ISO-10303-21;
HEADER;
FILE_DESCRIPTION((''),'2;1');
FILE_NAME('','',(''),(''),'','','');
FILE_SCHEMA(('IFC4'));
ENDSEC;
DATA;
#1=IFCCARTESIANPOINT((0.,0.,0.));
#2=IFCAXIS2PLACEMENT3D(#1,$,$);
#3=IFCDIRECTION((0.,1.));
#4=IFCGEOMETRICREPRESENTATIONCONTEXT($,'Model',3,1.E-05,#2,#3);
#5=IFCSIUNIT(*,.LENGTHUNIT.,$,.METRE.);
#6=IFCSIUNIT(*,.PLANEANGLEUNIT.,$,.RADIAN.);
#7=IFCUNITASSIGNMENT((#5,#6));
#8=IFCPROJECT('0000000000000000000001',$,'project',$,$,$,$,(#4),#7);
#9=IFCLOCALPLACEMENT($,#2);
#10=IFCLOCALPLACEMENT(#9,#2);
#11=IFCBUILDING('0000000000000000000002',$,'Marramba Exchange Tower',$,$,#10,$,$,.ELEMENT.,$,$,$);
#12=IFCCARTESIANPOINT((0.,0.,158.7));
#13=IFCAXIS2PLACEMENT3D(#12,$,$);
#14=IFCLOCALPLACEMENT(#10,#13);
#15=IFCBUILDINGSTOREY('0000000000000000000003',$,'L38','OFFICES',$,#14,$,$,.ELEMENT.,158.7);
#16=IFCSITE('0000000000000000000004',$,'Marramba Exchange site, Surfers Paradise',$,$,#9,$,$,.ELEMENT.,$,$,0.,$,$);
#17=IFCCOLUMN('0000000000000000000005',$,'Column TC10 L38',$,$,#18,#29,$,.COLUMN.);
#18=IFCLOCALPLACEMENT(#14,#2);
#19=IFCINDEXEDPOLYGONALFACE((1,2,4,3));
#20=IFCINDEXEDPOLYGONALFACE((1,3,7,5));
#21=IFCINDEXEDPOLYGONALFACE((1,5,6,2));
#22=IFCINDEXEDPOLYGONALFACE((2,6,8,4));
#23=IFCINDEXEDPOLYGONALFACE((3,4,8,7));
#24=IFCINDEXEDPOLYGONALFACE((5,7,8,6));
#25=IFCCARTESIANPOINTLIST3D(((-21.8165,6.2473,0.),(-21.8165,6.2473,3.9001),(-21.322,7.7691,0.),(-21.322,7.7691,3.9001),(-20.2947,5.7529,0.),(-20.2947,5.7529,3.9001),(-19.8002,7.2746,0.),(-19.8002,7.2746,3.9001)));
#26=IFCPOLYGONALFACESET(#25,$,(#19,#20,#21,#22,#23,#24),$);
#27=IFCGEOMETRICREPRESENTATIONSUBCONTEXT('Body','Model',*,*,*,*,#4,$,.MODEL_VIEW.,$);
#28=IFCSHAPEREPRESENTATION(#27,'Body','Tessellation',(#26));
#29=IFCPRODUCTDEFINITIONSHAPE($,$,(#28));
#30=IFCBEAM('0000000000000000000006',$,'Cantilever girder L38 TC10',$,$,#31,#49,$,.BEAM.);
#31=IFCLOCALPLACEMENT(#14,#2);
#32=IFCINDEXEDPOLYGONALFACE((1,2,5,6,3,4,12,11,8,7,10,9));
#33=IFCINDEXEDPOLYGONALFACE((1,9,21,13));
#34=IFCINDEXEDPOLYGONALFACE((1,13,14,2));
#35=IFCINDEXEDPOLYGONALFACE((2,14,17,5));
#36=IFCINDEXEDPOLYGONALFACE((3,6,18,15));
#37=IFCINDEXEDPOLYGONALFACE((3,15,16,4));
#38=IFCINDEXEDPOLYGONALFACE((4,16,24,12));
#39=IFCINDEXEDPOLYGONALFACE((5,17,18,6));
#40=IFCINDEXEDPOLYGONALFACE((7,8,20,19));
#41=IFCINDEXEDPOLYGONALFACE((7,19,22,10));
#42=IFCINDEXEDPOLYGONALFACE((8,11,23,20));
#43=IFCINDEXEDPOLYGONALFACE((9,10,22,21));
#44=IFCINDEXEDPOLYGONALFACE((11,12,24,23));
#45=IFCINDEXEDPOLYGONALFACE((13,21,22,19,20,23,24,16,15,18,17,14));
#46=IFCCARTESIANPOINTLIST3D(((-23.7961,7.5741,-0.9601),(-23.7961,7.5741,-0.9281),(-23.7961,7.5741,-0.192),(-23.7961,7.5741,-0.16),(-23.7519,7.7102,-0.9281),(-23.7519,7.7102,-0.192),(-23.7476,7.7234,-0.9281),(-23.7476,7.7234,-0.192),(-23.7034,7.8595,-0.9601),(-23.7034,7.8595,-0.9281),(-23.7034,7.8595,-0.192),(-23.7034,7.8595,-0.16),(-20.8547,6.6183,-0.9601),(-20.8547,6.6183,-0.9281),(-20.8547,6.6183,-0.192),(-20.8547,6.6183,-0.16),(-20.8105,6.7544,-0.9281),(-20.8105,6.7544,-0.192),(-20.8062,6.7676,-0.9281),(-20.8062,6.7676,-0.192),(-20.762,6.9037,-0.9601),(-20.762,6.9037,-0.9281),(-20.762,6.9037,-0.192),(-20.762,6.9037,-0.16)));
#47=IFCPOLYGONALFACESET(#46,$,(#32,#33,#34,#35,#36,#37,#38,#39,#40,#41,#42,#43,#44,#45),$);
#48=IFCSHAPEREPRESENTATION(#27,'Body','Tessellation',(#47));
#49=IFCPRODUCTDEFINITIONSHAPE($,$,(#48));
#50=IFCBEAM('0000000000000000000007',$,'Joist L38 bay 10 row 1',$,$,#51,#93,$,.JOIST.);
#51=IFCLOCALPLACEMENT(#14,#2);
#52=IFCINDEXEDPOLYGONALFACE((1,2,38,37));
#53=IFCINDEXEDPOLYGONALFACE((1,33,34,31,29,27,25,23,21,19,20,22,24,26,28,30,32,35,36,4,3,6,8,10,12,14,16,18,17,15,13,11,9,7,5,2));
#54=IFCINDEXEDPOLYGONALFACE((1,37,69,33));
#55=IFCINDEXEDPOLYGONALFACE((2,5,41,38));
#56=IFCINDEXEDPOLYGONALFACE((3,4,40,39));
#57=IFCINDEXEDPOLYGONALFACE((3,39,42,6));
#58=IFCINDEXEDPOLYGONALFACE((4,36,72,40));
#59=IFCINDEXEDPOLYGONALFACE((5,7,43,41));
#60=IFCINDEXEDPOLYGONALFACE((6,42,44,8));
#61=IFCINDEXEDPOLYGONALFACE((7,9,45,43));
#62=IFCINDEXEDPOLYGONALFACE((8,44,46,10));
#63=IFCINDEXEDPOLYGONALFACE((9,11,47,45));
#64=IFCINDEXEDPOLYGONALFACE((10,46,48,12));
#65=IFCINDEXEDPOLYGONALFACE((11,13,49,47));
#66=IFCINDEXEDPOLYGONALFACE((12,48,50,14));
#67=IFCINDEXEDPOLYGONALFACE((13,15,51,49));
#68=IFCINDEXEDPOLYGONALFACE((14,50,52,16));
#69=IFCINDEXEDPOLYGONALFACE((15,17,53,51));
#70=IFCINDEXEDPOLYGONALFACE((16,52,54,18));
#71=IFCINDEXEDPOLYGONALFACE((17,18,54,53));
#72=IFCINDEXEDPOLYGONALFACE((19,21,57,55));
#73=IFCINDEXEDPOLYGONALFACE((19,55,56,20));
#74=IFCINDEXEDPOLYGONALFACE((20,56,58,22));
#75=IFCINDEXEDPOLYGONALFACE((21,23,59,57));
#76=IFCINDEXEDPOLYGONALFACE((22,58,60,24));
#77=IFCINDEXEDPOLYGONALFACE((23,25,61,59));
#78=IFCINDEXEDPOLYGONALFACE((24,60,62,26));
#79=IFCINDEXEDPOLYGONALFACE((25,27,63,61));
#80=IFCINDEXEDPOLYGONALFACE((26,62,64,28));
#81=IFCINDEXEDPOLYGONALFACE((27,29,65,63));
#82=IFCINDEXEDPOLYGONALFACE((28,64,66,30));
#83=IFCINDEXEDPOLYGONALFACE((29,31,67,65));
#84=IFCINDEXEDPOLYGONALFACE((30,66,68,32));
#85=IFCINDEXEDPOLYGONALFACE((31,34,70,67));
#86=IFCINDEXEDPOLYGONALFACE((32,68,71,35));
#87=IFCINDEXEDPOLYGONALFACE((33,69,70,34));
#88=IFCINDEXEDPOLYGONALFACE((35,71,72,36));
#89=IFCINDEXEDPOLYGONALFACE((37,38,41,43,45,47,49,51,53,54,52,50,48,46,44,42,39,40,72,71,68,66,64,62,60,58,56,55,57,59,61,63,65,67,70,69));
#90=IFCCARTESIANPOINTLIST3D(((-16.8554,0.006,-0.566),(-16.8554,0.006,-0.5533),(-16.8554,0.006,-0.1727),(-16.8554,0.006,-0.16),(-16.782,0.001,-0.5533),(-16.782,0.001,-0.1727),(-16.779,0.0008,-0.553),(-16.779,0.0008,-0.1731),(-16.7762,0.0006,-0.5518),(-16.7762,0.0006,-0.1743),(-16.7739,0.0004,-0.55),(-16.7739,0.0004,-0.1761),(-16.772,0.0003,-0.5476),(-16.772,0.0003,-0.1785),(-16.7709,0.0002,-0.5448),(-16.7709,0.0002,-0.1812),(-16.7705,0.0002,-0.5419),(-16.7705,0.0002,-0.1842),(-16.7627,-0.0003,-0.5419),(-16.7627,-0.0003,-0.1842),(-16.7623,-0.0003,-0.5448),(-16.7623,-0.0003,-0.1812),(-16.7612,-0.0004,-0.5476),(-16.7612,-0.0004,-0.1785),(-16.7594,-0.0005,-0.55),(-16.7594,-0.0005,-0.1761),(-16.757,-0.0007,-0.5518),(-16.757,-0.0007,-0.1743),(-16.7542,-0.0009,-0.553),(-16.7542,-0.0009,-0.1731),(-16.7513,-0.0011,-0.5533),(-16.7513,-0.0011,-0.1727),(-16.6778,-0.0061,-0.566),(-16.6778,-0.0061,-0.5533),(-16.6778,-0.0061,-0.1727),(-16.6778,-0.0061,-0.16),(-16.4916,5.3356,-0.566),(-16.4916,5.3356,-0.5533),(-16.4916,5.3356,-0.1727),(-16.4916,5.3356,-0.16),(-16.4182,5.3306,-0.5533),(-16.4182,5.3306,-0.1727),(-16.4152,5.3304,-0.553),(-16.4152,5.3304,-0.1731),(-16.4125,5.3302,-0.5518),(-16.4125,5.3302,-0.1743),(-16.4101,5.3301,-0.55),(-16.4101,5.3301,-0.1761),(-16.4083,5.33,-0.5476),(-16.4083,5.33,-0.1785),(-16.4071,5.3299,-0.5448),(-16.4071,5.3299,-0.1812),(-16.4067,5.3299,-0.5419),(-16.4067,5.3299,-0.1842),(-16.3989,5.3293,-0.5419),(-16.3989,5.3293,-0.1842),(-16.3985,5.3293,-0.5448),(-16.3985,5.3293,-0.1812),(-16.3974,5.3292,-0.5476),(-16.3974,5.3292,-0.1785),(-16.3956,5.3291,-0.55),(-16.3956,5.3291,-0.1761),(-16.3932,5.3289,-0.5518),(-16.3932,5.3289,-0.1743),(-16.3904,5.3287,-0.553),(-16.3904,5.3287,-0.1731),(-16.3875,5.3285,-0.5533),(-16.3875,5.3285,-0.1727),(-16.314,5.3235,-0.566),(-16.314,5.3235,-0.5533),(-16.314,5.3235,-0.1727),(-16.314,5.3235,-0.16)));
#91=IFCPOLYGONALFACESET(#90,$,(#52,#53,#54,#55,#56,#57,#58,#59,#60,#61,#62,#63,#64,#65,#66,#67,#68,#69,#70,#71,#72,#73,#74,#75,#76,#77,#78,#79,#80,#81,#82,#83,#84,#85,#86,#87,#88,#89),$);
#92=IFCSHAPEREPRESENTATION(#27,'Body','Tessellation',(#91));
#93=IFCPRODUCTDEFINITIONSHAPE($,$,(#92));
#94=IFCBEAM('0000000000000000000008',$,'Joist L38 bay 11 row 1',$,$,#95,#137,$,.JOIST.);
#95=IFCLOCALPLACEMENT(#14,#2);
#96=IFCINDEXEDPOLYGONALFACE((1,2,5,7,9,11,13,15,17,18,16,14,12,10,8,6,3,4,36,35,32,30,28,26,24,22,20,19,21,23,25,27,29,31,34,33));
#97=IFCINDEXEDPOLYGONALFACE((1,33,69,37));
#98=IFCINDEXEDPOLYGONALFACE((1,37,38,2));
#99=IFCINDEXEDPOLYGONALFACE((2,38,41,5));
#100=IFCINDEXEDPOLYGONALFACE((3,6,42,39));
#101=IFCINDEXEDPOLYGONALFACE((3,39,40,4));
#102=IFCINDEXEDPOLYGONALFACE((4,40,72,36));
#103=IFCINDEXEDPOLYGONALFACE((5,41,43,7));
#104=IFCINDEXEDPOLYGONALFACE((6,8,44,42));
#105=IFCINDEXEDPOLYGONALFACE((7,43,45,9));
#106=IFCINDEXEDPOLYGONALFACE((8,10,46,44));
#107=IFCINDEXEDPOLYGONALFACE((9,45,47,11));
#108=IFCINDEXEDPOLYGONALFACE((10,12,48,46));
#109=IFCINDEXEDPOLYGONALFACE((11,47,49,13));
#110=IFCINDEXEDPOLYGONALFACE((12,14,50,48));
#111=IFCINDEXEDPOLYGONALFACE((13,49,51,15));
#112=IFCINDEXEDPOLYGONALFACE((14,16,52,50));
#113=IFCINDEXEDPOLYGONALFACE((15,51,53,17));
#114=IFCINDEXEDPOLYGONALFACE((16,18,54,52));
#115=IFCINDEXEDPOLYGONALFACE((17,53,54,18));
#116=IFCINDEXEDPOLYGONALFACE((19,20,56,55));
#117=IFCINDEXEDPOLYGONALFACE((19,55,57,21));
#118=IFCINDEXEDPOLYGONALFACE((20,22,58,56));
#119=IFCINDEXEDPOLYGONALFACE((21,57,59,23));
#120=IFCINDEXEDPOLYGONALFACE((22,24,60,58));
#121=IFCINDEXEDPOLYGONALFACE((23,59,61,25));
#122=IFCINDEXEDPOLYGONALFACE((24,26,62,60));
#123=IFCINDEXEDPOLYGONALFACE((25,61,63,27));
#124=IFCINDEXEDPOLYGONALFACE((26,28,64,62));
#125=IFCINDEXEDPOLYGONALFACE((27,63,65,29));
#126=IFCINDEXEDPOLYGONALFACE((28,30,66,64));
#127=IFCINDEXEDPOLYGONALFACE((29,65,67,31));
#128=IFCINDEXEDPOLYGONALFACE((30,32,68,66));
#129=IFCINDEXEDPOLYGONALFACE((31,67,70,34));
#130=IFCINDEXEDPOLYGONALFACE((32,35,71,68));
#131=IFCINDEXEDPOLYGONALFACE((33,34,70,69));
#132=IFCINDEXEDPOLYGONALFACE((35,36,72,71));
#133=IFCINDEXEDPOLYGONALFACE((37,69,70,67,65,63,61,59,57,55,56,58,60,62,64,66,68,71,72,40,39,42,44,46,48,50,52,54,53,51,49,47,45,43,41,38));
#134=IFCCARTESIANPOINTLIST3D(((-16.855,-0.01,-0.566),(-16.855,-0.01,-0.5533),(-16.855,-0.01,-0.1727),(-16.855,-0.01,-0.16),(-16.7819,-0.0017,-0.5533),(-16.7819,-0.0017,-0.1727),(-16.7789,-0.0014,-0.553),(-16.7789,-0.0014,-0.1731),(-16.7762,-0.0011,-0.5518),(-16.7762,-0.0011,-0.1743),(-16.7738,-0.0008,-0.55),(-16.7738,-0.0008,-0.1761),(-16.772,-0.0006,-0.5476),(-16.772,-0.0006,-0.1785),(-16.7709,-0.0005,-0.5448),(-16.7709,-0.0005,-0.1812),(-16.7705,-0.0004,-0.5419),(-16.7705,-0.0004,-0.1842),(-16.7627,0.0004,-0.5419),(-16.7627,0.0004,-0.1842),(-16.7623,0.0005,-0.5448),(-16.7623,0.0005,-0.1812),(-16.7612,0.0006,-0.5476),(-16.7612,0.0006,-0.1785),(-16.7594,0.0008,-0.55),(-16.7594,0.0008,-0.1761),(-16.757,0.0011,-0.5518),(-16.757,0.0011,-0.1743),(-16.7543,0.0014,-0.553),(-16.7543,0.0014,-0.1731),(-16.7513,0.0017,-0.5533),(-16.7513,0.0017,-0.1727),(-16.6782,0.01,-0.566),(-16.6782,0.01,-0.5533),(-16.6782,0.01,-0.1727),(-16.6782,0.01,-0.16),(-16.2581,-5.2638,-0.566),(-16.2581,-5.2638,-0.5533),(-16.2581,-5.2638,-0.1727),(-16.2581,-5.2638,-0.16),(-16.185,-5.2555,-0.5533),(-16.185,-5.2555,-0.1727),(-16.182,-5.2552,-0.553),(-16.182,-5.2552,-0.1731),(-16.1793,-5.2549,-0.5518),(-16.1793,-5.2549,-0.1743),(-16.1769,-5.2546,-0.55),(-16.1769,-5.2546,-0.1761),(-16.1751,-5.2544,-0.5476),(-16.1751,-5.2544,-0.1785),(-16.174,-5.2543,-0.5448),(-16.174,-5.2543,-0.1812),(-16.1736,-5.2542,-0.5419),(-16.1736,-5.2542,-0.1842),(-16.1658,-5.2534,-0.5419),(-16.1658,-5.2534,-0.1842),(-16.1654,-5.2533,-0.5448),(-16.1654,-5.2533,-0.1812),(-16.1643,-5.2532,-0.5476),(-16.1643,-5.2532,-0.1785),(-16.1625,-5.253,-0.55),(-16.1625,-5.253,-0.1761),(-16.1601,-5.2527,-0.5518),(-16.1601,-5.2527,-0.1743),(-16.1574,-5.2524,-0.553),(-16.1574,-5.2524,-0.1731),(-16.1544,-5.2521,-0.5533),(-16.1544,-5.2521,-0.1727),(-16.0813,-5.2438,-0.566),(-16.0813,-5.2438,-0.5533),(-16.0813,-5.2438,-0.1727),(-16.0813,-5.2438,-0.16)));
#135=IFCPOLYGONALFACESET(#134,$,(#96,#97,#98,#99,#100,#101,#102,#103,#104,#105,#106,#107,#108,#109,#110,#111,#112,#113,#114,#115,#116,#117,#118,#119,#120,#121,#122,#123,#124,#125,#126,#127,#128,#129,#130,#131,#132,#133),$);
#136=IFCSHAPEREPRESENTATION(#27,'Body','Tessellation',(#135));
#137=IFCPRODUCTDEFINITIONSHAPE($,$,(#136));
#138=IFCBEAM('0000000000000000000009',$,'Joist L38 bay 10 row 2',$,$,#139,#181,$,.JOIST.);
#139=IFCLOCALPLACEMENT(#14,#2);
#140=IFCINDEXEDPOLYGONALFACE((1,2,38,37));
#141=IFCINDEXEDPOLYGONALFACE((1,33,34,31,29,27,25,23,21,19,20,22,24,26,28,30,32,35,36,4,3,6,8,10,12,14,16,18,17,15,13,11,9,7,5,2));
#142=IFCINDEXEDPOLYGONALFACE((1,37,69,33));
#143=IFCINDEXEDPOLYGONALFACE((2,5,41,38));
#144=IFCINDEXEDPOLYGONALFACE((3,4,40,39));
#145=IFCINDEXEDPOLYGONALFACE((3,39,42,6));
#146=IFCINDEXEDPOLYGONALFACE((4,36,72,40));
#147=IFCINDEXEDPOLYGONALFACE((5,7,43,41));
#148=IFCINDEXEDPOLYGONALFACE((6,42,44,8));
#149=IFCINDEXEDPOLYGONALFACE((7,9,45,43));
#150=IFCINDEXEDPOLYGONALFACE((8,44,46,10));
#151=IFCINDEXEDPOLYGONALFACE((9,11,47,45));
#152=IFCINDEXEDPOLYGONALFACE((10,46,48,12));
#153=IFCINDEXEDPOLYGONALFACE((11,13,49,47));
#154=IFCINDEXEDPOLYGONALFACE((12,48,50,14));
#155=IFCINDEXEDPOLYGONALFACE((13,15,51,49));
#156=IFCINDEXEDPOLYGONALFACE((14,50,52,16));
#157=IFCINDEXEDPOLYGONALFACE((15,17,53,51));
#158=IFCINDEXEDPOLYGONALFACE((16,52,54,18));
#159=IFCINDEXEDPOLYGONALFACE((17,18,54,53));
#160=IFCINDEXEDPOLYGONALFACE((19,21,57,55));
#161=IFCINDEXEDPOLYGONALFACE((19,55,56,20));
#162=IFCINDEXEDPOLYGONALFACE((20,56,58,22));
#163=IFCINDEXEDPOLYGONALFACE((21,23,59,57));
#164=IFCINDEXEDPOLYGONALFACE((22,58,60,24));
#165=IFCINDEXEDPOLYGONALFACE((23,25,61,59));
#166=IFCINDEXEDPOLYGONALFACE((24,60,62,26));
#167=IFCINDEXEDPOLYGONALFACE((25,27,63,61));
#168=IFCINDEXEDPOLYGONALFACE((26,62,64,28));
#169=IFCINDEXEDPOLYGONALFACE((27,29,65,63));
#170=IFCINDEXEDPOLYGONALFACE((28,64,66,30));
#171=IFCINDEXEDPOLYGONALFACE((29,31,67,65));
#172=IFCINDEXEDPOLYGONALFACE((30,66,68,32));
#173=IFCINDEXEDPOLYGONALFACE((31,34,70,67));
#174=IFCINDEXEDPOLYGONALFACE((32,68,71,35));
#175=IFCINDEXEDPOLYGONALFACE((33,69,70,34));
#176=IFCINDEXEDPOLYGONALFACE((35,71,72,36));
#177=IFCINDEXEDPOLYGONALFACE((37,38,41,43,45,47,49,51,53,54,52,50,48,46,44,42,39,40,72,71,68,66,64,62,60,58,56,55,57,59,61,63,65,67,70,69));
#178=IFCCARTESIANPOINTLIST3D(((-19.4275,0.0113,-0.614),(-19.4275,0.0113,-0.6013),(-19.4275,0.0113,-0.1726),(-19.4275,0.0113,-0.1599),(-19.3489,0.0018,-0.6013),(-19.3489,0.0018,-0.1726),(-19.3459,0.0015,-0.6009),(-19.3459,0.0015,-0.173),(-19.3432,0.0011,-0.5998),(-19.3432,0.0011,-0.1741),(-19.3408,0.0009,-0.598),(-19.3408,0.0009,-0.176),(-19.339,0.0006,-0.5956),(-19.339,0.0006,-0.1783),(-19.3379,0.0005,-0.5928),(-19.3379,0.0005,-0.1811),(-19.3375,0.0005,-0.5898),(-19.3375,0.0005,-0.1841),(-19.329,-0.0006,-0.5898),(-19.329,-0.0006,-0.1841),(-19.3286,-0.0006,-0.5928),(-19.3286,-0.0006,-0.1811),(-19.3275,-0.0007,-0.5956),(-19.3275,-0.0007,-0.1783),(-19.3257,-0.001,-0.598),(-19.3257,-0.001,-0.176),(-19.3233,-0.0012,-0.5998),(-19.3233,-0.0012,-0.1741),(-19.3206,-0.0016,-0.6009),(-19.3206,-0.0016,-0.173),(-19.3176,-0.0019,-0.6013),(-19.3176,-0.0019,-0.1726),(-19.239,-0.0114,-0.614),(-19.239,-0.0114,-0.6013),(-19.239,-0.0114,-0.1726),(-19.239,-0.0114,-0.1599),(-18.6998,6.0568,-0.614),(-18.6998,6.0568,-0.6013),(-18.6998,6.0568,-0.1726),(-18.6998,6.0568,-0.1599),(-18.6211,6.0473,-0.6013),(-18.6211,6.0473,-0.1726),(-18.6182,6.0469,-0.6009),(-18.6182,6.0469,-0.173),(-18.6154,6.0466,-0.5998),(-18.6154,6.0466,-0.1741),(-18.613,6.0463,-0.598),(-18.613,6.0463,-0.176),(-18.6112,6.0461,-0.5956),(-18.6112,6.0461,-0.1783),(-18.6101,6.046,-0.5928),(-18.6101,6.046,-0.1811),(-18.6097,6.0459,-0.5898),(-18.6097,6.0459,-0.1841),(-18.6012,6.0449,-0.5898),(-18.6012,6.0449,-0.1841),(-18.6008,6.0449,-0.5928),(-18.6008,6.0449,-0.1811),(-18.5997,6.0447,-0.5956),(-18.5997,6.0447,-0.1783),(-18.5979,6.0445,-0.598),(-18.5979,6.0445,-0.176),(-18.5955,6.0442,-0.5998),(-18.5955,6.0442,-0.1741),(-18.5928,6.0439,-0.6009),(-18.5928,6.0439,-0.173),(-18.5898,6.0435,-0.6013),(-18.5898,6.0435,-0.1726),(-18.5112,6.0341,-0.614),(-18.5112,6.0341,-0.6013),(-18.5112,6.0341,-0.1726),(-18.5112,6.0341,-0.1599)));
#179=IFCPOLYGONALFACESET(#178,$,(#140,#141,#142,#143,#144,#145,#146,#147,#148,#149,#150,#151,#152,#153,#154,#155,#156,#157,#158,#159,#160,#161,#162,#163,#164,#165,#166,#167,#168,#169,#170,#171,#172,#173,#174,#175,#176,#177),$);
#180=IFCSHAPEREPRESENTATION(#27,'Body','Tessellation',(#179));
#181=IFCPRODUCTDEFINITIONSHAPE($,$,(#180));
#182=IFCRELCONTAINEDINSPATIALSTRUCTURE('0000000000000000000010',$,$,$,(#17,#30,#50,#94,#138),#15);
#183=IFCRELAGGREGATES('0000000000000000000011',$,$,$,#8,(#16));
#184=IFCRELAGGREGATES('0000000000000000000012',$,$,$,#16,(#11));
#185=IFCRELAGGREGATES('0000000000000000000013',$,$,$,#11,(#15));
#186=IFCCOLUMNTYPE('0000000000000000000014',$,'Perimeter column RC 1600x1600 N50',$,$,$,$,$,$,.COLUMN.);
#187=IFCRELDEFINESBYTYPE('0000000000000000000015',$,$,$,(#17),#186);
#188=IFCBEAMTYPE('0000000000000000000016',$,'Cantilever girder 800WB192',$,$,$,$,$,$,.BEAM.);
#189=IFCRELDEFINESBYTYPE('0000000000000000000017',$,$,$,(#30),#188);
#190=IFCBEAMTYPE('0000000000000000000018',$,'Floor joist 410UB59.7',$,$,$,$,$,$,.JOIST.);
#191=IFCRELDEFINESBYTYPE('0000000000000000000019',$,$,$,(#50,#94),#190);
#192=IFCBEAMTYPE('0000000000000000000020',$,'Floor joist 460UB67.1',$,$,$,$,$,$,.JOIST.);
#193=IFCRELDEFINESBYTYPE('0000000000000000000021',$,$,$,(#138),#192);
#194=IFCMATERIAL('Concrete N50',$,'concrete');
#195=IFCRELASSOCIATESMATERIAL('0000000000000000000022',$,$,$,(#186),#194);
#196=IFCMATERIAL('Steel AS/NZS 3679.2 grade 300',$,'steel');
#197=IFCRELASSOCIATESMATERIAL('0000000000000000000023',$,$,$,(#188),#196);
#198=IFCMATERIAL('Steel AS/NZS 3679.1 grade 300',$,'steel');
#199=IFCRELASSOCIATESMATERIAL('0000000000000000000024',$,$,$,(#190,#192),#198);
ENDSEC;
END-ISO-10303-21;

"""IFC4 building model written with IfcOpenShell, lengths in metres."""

from ifc_helpers import new_model, si_unit, direction, frame, origin, origin_2d, place, context, subcontext, project, spatial, rectangle, i_section, extrude, material, material_profile, profile_set, type_object, element, save


model = new_model("IFC4")

# Units and contexts
model_context = context("Model", 3, precision=1e-05, world=origin(), true_north=direction((0.0, 1.0)))
body_context = subcontext(model_context, "Body", "Model", "MODEL_VIEW")
ifc_project = project(units=[si_unit("LENGTHUNIT", "METRE"), si_unit("PLANEANGLEUNIT", "RADIAN")], contexts=[model_context])

# Site, building, storey
site_placement = place(None, origin())
site = spatial("IfcSite", under=ifc_project, at=site_placement, Name="Marramba Exchange site, Surfers Paradise", CompositionType="ELEMENT", RefElevation=0.0)
building_placement = place(site_placement, origin())
building = spatial("IfcBuilding", under=site, at=building_placement, Name="Marramba Exchange Tower", CompositionType="ELEMENT")
storey_placement = place(building_placement, frame((0.0, 0.0, 158.7)))
storey = spatial("IfcBuildingStorey", under=building, at=storey_placement, Name="L38", Description="OFFICES", CompositionType="ELEMENT", Elevation=158.7)

# Column
ifc_material_1 = material(Name="Concrete N50", Category="concrete")
ifc_material_profile_1 = material_profile(ifc_material_1, rectangle(XDim=1.6001, YDim=1.6001, at=origin_2d()), Name="RC 1600x1600")
ifc_profile_set_1 = profile_set([ifc_material_profile_1], Name="Concrete N50")
column_type = type_object("IfcColumnType", Name="Perimeter column RC 1600x1600 N50", PredefinedType="COLUMN", material=ifc_profile_set_1)
column_placement = place(storey_placement, frame((-20.8083, 6.761, 0.0), z_axis=(0.0, 0.0, 1.0), x_axis=(-0.951057, 0.309017, 0.0)))
element("IfcColumn", 1, at=column_placement, inside=storey, type_object=column_type, Name="Column TC10 L38", PredefinedType="COLUMN", context=body_context, shape_type="SweptSolid", body=[
    extrude(rectangle(XDim=1.6001, YDim=1.6001, at=origin_2d()), origin(), (0.0, 0.0, 1.0), 3.9001),
])

# Beams
ifc_material_2 = material(Name="Steel AS/NZS 3679.2 grade 300", Category="steel")
ifc_material_profile_2 = material_profile(ifc_material_2, i_section(OverallWidth=0.3, OverallDepth=0.8, WebThickness=0.0139, FlangeThickness=0.032, at=origin_2d()), Name="800WB192")
ifc_profile_set_2 = profile_set([ifc_material_profile_2], Name="Steel AS/NZS 3679.2 grade 300")
beam_type_1 = type_object("IfcBeamType", Name="Cantilever girder 800WB192", PredefinedType="BEAM", material=ifc_profile_set_2)
beam_1_placement = place(storey_placement, frame((-20.8083, 6.761, -0.5601), z_axis=(-0.951048, 0.309043, 0.0), x_axis=(-0.309043, -0.951048, 0.0)))
element("IfcBeam", 2, at=beam_1_placement, inside=storey, type_object=beam_type_1, Name="Cantilever girder L38 TC10", PredefinedType="BEAM", context=body_context, shape_type="SweptSolid", body=[
    extrude(i_section(OverallWidth=0.3, OverallDepth=0.8, WebThickness=0.0139, FlangeThickness=0.032, at=origin_2d()), origin(), (0.0, 0.0, 1.0), 3.0928),
])
ifc_material_3 = material(Name="Steel AS/NZS 3679.1 grade 300", Category="steel")
ifc_material_profile_3 = material_profile(ifc_material_3, i_section(OverallWidth=0.178, OverallDepth=0.406, WebThickness=0.0078, FlangeThickness=0.0127, FilletRadius=0.0115, at=origin_2d()), Name="410UB59.7")
ifc_profile_set_3 = profile_set([ifc_material_profile_3], Name="Steel AS/NZS 3679.1 grade 300")
beam_type_2 = type_object("IfcBeamType", Name="Floor joist 410UB59.7", PredefinedType="JOIST", material=ifc_profile_set_3)
beam_2_placement = place(storey_placement, frame((-16.4028, 5.3296, -0.363), z_axis=(-0.068096, -0.997679, 0.0), x_axis=(0.997679, -0.068096, 0.0)))
element("IfcBeam", 3, at=beam_2_placement, inside=storey, type_object=beam_type_2, Name="Joist L38 bay 10 row 1", PredefinedType="JOIST", context=body_context, shape_type="SweptSolid", body=[
    extrude(i_section(OverallWidth=0.178, OverallDepth=0.406, WebThickness=0.0078, FlangeThickness=0.0127, FilletRadius=0.0115, at=origin_2d()), origin(), (0.0, 0.0, 1.0), 5.342),
])
beam_3_placement = place(storey_placement, frame((-16.7666, 0.0, -0.363), z_axis=(0.112889, -0.993608, 0.0), x_axis=(0.993608, 0.112889, 0.0)))
element("IfcBeam", 4, at=beam_3_placement, inside=storey, type_object=beam_type_2, Name="Joist L38 bay 11 row 1", PredefinedType="JOIST", context=body_context, shape_type="SweptSolid", body=[
    extrude(i_section(OverallWidth=0.178, OverallDepth=0.406, WebThickness=0.0078, FlangeThickness=0.0127, FilletRadius=0.0115, at=origin_2d()), origin(), (0.0, 0.0, 1.0), 5.2876),
])
ifc_material_profile_4 = material_profile(ifc_material_3, i_section(OverallWidth=0.1899, OverallDepth=0.4541, WebThickness=0.0085, FlangeThickness=0.0127, FilletRadius=0.0115, at=origin_2d()), Name="460UB67.1")
ifc_profile_set_4 = profile_set([ifc_material_profile_4], Name="Steel AS/NZS 3679.1 grade 300")
beam_type_3 = type_object("IfcBeamType", Name="Floor joist 460UB67.1", PredefinedType="JOIST", material=ifc_profile_set_4)
beam_4_placement = place(storey_placement, frame((-18.6055, 6.0454, -0.387), z_axis=(-0.119523, -0.992831, 0.0), x_axis=(0.992831, -0.119523, 0.0)))
element("IfcBeam", 5, at=beam_4_placement, inside=storey, type_object=beam_type_3, Name="Joist L38 bay 10 row 2", PredefinedType="JOIST", context=body_context, shape_type="SweptSolid", body=[
    extrude(i_section(OverallWidth=0.1899, OverallDepth=0.4541, WebThickness=0.0085, FlangeThickness=0.0127, FilletRadius=0.0115, at=origin_2d()), origin(), (0.0, 0.0, 1.0), 6.0891),
])

save(model, "model.ifc")
